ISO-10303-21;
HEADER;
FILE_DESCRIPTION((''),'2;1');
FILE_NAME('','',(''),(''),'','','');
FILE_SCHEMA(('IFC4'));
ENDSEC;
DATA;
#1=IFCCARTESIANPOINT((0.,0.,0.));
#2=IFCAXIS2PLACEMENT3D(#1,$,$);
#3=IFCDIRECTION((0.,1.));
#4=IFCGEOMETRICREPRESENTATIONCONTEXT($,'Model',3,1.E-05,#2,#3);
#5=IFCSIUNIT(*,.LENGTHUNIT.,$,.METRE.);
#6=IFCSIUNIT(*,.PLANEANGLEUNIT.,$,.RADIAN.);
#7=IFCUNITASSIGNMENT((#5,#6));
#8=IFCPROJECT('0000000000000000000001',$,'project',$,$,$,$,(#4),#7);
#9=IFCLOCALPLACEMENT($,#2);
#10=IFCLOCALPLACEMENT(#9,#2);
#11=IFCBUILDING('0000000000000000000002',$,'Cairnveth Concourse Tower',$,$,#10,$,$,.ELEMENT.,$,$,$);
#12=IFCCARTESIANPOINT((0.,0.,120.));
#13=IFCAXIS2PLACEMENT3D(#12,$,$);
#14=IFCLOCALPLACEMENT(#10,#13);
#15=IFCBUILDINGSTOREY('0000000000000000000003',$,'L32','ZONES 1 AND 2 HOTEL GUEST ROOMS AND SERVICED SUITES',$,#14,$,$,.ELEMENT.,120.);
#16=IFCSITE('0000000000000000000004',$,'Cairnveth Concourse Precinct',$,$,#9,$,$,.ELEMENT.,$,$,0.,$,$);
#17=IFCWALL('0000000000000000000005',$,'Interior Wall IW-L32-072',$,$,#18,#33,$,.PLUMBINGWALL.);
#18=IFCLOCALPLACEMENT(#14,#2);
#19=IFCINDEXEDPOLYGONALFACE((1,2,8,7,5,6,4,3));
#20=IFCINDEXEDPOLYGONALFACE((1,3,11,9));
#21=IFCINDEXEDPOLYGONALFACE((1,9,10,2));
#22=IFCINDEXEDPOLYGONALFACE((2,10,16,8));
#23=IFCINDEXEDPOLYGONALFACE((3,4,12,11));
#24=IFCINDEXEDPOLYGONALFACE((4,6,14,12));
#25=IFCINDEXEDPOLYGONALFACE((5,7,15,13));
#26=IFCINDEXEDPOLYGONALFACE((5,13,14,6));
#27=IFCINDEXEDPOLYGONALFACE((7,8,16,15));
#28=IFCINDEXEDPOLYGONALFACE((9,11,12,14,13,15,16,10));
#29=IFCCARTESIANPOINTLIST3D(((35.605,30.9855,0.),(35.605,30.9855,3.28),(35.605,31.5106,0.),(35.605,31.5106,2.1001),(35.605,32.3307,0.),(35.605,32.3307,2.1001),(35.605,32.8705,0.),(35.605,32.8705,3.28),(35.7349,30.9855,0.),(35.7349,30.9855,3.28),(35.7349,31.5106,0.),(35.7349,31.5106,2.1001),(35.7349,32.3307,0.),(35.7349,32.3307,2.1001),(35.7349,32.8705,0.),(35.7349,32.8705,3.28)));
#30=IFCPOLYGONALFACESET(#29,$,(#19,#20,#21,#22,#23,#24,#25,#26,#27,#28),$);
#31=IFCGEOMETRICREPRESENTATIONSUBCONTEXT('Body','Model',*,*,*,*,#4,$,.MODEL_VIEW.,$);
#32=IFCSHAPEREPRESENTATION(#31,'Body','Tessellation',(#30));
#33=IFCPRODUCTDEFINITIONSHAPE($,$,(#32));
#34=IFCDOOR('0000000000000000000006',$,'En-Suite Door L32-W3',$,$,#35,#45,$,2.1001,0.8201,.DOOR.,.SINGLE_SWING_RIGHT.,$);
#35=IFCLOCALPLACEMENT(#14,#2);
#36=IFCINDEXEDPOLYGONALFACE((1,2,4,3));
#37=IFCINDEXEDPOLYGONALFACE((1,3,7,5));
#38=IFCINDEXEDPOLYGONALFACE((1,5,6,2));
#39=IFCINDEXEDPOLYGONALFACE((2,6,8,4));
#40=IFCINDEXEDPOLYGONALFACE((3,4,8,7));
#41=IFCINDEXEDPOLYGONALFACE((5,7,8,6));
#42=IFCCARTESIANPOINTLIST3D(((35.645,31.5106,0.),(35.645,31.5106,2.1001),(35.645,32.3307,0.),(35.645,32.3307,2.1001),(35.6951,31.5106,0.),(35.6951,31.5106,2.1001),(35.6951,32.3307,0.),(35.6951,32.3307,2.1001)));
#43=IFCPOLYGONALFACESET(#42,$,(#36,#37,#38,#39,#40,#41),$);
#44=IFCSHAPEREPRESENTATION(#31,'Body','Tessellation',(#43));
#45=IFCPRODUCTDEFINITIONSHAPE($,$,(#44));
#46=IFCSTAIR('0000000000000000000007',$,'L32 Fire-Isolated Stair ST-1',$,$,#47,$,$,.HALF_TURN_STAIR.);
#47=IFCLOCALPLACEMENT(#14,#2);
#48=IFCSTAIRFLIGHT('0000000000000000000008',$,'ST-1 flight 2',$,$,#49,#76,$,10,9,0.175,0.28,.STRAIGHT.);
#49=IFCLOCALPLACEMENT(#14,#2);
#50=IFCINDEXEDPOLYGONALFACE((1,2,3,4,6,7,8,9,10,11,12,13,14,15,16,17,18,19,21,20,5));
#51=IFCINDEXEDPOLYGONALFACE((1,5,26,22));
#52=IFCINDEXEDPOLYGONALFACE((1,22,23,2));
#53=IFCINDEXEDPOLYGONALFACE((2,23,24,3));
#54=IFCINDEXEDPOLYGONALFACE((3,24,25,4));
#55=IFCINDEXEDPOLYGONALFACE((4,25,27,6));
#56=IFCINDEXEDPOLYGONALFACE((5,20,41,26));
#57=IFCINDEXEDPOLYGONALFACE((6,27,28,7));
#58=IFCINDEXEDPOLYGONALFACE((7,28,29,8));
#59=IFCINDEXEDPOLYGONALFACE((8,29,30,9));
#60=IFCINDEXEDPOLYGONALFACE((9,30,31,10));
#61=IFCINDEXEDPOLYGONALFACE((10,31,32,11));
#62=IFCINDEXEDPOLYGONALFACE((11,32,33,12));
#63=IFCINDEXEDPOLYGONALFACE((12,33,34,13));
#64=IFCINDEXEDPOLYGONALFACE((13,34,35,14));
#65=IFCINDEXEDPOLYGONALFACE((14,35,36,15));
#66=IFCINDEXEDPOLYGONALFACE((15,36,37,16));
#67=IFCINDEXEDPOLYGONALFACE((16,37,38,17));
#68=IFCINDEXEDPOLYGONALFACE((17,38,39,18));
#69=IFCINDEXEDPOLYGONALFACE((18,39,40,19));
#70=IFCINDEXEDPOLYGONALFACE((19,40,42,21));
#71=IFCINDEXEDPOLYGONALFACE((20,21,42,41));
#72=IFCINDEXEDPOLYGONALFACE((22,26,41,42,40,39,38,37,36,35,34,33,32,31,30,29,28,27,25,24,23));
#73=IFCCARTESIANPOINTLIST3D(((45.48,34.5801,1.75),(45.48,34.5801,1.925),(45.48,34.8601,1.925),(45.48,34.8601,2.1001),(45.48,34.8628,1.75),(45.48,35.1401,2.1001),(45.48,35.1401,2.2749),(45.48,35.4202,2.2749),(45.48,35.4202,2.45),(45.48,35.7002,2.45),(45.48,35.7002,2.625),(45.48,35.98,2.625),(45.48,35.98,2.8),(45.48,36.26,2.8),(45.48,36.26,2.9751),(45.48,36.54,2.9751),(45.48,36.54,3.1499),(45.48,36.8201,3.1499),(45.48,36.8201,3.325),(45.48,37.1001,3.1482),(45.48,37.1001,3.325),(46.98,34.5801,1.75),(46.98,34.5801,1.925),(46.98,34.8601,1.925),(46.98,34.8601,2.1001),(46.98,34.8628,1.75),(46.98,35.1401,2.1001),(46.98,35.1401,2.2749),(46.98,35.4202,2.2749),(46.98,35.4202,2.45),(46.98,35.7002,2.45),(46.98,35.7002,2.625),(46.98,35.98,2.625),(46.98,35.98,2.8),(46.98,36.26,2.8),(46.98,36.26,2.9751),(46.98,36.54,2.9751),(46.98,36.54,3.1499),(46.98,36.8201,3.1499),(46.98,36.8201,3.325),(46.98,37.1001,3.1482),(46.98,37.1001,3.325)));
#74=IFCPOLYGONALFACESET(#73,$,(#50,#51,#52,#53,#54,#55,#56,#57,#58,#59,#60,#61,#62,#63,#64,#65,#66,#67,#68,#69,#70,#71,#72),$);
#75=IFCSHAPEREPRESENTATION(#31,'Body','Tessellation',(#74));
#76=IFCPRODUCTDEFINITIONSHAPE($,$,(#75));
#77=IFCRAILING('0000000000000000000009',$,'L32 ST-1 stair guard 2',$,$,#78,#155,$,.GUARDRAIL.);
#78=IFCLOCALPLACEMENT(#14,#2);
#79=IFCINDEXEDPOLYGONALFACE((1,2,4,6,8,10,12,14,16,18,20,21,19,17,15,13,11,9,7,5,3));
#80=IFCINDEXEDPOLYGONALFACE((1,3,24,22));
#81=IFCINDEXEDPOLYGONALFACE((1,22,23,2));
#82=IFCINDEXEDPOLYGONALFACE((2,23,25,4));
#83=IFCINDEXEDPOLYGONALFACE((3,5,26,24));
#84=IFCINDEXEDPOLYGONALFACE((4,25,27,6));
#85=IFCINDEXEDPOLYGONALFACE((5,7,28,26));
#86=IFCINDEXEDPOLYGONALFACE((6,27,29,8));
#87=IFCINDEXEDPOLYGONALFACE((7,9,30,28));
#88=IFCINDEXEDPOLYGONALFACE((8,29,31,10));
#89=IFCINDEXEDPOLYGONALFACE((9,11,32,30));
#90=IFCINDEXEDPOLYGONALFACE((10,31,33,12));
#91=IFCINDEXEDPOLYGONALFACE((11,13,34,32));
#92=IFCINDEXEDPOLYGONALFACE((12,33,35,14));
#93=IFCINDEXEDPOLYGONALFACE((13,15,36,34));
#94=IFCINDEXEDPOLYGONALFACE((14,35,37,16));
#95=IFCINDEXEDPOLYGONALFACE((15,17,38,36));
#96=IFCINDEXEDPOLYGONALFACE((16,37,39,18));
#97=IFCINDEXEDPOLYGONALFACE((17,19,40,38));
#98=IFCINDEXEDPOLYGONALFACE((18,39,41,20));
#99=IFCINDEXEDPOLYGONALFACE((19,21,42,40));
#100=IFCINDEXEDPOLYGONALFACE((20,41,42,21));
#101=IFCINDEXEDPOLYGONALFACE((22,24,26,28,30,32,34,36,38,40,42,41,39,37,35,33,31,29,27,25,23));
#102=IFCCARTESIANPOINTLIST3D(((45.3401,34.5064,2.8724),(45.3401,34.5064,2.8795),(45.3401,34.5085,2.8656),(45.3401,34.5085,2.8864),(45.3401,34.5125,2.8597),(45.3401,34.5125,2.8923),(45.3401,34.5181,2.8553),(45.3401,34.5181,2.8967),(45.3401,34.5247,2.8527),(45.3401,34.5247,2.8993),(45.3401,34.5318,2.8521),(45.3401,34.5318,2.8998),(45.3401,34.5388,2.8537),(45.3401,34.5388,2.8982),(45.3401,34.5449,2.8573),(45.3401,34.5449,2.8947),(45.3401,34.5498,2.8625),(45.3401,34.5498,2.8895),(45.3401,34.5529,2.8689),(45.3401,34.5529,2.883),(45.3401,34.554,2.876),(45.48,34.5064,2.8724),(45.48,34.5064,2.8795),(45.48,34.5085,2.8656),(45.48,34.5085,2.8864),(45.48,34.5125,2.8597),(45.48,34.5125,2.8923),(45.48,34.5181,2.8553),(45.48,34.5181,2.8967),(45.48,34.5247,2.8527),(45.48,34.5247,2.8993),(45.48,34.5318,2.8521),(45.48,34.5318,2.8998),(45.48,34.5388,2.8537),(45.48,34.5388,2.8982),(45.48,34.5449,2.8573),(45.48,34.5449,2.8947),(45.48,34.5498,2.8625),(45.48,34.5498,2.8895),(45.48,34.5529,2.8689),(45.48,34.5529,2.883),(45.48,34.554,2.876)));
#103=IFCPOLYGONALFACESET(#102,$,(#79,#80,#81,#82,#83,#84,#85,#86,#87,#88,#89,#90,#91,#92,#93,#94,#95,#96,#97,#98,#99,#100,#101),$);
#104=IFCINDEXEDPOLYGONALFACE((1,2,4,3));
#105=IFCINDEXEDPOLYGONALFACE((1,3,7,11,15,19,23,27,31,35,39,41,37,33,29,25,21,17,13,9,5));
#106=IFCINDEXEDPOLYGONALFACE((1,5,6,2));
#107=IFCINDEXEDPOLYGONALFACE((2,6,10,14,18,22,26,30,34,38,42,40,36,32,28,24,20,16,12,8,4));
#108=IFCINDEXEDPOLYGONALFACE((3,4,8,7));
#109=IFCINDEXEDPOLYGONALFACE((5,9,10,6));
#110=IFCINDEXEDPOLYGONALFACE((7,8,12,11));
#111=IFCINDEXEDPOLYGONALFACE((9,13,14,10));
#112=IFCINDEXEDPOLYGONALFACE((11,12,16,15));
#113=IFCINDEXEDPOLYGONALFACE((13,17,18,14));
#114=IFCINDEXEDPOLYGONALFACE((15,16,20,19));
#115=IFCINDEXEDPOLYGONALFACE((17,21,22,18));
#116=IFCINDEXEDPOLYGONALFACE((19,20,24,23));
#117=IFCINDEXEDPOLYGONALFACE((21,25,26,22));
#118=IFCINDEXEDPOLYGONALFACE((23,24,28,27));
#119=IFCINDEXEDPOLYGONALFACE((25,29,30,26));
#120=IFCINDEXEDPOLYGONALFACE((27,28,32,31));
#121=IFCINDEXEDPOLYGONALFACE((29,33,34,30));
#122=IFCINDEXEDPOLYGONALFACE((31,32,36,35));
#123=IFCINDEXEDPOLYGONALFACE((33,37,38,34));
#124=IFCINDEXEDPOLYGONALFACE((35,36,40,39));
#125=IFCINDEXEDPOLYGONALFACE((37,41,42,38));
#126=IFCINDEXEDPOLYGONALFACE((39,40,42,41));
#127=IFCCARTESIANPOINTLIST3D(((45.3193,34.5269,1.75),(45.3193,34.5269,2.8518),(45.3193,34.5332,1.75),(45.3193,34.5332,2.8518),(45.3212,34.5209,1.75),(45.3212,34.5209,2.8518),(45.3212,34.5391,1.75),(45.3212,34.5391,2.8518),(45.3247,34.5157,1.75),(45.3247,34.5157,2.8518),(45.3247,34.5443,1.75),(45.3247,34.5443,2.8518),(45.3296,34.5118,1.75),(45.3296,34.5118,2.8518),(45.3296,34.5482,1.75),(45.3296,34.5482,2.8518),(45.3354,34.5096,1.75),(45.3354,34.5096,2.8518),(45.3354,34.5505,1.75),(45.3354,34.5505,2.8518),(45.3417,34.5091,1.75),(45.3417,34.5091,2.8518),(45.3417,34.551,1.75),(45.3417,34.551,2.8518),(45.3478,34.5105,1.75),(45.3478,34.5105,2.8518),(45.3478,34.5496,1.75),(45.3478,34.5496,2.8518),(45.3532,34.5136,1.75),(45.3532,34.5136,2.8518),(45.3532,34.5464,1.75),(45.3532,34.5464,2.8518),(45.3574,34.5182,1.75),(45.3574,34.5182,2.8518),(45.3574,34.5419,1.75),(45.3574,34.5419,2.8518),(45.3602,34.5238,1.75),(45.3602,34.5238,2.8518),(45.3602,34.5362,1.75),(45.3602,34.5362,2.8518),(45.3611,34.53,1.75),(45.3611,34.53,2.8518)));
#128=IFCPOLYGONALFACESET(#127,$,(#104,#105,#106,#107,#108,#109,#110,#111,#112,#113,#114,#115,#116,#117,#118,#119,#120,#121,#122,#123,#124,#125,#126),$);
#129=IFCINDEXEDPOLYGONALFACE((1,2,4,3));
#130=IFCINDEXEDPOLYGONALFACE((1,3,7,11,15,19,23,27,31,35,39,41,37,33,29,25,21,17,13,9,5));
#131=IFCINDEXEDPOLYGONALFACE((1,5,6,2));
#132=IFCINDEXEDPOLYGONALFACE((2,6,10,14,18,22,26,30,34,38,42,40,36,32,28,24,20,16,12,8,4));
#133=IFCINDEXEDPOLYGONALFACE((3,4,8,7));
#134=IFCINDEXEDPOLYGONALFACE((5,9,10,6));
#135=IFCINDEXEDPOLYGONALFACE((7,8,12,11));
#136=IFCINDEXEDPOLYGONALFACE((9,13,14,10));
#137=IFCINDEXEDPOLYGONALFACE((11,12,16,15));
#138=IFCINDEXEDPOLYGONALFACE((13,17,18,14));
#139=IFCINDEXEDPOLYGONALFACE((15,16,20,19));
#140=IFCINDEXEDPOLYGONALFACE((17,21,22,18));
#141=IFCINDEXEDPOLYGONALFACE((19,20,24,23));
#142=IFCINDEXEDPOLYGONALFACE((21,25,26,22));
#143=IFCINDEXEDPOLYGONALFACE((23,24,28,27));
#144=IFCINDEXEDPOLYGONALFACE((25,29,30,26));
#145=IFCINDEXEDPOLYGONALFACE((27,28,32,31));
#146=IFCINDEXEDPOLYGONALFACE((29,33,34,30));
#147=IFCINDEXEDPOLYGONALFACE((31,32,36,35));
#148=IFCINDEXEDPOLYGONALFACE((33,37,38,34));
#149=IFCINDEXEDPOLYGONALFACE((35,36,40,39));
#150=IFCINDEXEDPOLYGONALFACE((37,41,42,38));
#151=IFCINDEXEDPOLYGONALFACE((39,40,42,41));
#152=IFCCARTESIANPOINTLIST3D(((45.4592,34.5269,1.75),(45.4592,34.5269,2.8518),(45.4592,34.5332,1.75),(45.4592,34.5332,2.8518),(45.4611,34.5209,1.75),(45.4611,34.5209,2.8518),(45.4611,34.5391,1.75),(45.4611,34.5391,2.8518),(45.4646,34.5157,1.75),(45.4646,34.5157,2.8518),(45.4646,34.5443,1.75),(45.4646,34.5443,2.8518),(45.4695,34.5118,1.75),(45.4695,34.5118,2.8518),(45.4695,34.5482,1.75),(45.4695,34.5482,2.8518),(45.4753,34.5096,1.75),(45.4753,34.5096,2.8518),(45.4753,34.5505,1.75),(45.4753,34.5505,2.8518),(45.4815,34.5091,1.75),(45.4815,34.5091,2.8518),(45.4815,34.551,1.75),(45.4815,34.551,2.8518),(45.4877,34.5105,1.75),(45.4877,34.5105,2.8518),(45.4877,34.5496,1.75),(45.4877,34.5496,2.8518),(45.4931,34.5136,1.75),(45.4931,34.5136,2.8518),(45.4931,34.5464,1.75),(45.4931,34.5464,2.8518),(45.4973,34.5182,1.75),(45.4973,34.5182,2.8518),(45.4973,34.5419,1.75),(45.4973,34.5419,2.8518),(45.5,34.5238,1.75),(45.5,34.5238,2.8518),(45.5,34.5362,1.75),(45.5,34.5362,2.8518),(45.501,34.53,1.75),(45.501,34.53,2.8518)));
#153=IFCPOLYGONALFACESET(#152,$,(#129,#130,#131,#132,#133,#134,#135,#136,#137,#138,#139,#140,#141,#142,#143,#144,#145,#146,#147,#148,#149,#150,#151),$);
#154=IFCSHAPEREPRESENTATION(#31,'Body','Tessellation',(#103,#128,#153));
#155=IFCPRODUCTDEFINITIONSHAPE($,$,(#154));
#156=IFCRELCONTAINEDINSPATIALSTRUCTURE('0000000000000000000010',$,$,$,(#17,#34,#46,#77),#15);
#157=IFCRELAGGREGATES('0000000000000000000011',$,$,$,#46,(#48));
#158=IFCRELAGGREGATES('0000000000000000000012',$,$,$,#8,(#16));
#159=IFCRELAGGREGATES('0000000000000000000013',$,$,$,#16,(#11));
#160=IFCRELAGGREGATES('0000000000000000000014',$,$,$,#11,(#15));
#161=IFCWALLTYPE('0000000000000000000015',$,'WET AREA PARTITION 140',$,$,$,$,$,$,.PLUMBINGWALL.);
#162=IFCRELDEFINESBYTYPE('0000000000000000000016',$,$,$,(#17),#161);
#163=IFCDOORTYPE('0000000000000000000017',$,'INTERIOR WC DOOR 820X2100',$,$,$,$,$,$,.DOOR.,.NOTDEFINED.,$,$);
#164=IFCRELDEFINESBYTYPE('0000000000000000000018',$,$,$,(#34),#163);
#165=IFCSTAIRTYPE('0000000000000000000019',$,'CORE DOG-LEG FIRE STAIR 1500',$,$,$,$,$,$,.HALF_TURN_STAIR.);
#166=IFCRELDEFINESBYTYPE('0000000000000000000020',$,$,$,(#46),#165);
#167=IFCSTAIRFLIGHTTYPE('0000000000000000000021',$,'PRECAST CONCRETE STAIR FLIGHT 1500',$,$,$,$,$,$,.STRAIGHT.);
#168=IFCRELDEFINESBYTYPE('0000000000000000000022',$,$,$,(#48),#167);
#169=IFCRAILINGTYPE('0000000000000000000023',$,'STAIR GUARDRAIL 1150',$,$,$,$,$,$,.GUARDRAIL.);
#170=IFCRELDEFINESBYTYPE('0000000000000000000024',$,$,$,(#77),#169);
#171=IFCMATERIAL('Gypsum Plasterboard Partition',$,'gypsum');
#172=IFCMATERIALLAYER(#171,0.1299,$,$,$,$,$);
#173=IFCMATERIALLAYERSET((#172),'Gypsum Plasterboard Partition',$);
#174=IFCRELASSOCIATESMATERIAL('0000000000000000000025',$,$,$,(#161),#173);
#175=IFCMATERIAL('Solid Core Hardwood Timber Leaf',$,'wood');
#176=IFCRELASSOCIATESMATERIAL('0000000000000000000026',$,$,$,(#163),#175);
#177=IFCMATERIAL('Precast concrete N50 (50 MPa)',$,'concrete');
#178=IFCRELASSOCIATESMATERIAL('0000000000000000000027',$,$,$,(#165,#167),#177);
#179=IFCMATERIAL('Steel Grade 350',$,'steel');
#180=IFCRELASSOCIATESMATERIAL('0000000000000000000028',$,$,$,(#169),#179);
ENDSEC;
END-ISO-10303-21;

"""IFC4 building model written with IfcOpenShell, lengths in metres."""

from ifc_helpers import new_model, si_unit, direction, frame, frame_2d, origin, origin_2d, place, context, subcontext, project, spatial, polyline, rectangle, circle, outline, extrude, material, layer, layer_set, type_object, element, fill, aggregate, save


model = new_model("IFC4")

# Units and contexts
model_context = context("Model", 3, precision=1e-05, world=origin(), true_north=direction((0.0, 1.0)))
body_context = subcontext(model_context, "Body", "Model", "MODEL_VIEW")
ifc_project = project(units=[si_unit("LENGTHUNIT", "METRE"), si_unit("PLANEANGLEUNIT", "RADIAN")], contexts=[model_context])

# Site, building, storey
site_placement = place(None, origin())
site = spatial("IfcSite", under=ifc_project, at=site_placement, Name="Cairnveth Concourse Precinct", CompositionType="ELEMENT", RefElevation=0.0)
building_placement = place(site_placement, origin())
building = spatial("IfcBuilding", under=site, at=building_placement, Name="Cairnveth Concourse Tower", CompositionType="ELEMENT")
storey_placement = place(building_placement, frame((0.0, 0.0, 120.0)))
storey = spatial("IfcBuildingStorey", under=building, at=storey_placement, Name="L32", Description="ZONES 1 AND 2 HOTEL GUEST ROOMS AND SERVICED SUITES", CompositionType="ELEMENT", Elevation=120.0)

# Shared definitions
ifc_material_1 = material(Name="Gypsum Plasterboard Partition", Category="gypsum")

# Shared definitions
ifc_material_2 = material(Name="Solid Core Hardwood Timber Leaf", Category="wood")

# Shared definitions
ifc_layer_1 = layer(ifc_material_1, 0.1299)
ifc_layer_set_1 = layer_set([ifc_layer_1], Name="Gypsum Plasterboard Partition")
wall_type_1 = type_object("IfcWallType", Name="WET AREA PARTITION 140", PredefinedType="PLUMBINGWALL", material=ifc_layer_set_1)
door_type_1 = type_object("IfcDoorType", Name="INTERIOR WC DOOR 820X2100", OperationType="NOTDEFINED", PredefinedType="DOOR", material=ifc_material_2)

# Wall, opening, door
wall_1_placement = place(storey_placement, frame((35.6699, 30.9856, 0.0), z_axis=(0.0, 0.0, 1.0), x_axis=(0.0, 1.0, 0.0)))
wall_1 = element("IfcWall", 1, at=wall_1_placement, inside=storey, type_object=wall_type_1, Name="Interior Wall IW-L32-072", PredefinedType="PLUMBINGWALL", context=body_context, shape_type="SweptSolid", body=[
    extrude(rectangle(XDim=1.885, YDim=0.1299, at=frame_2d((0.9424, 0.0))), origin(), (0.0, 0.0, 1.0), 3.28),
])
opening_1_placement = place(wall_1_placement, frame((0.5249, 0.0, 0.0)))
opening_1 = element("IfcOpeningElement", 2, at=opening_1_placement, cuts=wall_1, PredefinedType="OPENING", context=body_context, shape_type="SweptSolid", body=[
    extrude(rectangle(XDim=0.8201, YDim=2.1001, at=frame_2d((0.4102, 1.05))), frame((0.0, 0.075, 0.0), z_axis=(0.0, -1.0, 0.0), x_axis=(1.0, 0.0, 0.0)), (0.0, 0.0, 1.0), 0.1499),
])
door_1_placement = place(opening_1_placement, origin())
door_1 = element("IfcDoor", 3, at=door_1_placement, inside=storey, type_object=door_type_1, Name="En-Suite Door L32-W3", OperationType="SINGLE_SWING_RIGHT", OverallHeight=2.1001, OverallWidth=0.8201, PredefinedType="DOOR", context=body_context, shape_type="SweptSolid", body=[
    extrude(rectangle(XDim=0.8201, YDim=2.1001, at=frame_2d((0.4102, 1.05))), frame((0.0, 0.0249, 0.0), z_axis=(0.0, -1.0, 0.0), x_axis=(1.0, 0.0, 0.0)), (0.0, 0.0, 1.0), 0.05),
])
fill(opening_1, door_1)

# Stair, stair flight
ifc_material_3 = material(Name="Precast concrete N50 (50 MPa)", Category="concrete")
stair_type = type_object("IfcStairType", Name="CORE DOG-LEG FIRE STAIR 1500", PredefinedType="HALF_TURN_STAIR", material=ifc_material_3)
stair_placement = place(storey_placement, origin())
stair = element("IfcStair", 4, at=stair_placement, inside=storey, type_object=stair_type, Name="L32 Fire-Isolated Stair ST-1", PredefinedType="HALF_TURN_STAIR")
stair_flight_type = type_object("IfcStairFlightType", Name="PRECAST CONCRETE STAIR FLIGHT 1500", PredefinedType="STRAIGHT", material=ifc_material_3)
stair_flight_placement = place(storey_placement, frame((46.23, 34.5801, 1.75), z_axis=(0.0, 0.0, 1.0), x_axis=(0.0, 1.0, 0.0)))
stair_flight = element("IfcStairFlight", 5, at=stair_flight_placement, type_object=stair_flight_type, Name="ST-1 flight 2", NumberOfRisers=10, NumberOfTreads=9, PredefinedType="STRAIGHT", RiserHeight=0.175, TreadLength=0.28, context=body_context, shape_type="SweptSolid", body=[
    extrude(outline(polyline([(0.0, 0.0), (0.0, 0.175), (0.28, 0.175), (0.28, 0.3501), (0.5601, 0.3501), (0.5601, 0.5249), (0.8401, 0.5249), (0.8401, 0.7), (1.1201, 0.7), (1.1201, 0.875), (1.3999, 0.875), (1.3999, 1.05), (1.6799, 1.05), (1.6799, 1.2251), (1.96, 1.2251), (1.96, 1.3999), (2.24, 1.3999), (2.24, 1.575), (2.52, 1.575), (2.52, 1.75), (2.52, 1.3982), (0.2827, 0.0), (0.0, 0.0)])), frame((0.0, 0.75, 0.0), z_axis=(0.0, -1.0, 0.0), x_axis=(1.0, 0.0, 0.0)), (0.0, 0.0, 1.0), 1.5),
])
aggregate(stair, [stair_flight])

# Railing
ifc_material_4 = material(Name="Steel Grade 350", Category="steel")
railing_type = type_object("IfcRailingType", Name="STAIR GUARDRAIL 1150", PredefinedType="GUARDRAIL", material=ifc_material_4)
railing_1_placement = place(storey_placement, frame((45.3401, 34.53, 1.75)))
element("IfcRailing", 6, at=railing_1_placement, inside=storey, type_object=railing_type, Name="L32 ST-1 stair guard 2", PredefinedType="GUARDRAIL", context=body_context, shape_type="SweptSolid", body=[
    extrude(circle(Radius=0.0239, at=origin_2d()), frame((0.0, 0.0, 1.126), z_axis=(1.0, 0.0, 0.0), x_axis=(0.0, 1.0, 0.0)), (0.0, 0.0, 1.0), 0.1399),
    extrude(circle(Radius=0.021, at=origin_2d()), origin(), (0.0, 0.0, 1.0), 1.1018),
    extrude(circle(Radius=0.021, at=origin_2d()), frame((0.1399, 0.0, 0.0)), (0.0, 0.0, 1.0), 1.1018),
])

save(model, "model.ifc")
